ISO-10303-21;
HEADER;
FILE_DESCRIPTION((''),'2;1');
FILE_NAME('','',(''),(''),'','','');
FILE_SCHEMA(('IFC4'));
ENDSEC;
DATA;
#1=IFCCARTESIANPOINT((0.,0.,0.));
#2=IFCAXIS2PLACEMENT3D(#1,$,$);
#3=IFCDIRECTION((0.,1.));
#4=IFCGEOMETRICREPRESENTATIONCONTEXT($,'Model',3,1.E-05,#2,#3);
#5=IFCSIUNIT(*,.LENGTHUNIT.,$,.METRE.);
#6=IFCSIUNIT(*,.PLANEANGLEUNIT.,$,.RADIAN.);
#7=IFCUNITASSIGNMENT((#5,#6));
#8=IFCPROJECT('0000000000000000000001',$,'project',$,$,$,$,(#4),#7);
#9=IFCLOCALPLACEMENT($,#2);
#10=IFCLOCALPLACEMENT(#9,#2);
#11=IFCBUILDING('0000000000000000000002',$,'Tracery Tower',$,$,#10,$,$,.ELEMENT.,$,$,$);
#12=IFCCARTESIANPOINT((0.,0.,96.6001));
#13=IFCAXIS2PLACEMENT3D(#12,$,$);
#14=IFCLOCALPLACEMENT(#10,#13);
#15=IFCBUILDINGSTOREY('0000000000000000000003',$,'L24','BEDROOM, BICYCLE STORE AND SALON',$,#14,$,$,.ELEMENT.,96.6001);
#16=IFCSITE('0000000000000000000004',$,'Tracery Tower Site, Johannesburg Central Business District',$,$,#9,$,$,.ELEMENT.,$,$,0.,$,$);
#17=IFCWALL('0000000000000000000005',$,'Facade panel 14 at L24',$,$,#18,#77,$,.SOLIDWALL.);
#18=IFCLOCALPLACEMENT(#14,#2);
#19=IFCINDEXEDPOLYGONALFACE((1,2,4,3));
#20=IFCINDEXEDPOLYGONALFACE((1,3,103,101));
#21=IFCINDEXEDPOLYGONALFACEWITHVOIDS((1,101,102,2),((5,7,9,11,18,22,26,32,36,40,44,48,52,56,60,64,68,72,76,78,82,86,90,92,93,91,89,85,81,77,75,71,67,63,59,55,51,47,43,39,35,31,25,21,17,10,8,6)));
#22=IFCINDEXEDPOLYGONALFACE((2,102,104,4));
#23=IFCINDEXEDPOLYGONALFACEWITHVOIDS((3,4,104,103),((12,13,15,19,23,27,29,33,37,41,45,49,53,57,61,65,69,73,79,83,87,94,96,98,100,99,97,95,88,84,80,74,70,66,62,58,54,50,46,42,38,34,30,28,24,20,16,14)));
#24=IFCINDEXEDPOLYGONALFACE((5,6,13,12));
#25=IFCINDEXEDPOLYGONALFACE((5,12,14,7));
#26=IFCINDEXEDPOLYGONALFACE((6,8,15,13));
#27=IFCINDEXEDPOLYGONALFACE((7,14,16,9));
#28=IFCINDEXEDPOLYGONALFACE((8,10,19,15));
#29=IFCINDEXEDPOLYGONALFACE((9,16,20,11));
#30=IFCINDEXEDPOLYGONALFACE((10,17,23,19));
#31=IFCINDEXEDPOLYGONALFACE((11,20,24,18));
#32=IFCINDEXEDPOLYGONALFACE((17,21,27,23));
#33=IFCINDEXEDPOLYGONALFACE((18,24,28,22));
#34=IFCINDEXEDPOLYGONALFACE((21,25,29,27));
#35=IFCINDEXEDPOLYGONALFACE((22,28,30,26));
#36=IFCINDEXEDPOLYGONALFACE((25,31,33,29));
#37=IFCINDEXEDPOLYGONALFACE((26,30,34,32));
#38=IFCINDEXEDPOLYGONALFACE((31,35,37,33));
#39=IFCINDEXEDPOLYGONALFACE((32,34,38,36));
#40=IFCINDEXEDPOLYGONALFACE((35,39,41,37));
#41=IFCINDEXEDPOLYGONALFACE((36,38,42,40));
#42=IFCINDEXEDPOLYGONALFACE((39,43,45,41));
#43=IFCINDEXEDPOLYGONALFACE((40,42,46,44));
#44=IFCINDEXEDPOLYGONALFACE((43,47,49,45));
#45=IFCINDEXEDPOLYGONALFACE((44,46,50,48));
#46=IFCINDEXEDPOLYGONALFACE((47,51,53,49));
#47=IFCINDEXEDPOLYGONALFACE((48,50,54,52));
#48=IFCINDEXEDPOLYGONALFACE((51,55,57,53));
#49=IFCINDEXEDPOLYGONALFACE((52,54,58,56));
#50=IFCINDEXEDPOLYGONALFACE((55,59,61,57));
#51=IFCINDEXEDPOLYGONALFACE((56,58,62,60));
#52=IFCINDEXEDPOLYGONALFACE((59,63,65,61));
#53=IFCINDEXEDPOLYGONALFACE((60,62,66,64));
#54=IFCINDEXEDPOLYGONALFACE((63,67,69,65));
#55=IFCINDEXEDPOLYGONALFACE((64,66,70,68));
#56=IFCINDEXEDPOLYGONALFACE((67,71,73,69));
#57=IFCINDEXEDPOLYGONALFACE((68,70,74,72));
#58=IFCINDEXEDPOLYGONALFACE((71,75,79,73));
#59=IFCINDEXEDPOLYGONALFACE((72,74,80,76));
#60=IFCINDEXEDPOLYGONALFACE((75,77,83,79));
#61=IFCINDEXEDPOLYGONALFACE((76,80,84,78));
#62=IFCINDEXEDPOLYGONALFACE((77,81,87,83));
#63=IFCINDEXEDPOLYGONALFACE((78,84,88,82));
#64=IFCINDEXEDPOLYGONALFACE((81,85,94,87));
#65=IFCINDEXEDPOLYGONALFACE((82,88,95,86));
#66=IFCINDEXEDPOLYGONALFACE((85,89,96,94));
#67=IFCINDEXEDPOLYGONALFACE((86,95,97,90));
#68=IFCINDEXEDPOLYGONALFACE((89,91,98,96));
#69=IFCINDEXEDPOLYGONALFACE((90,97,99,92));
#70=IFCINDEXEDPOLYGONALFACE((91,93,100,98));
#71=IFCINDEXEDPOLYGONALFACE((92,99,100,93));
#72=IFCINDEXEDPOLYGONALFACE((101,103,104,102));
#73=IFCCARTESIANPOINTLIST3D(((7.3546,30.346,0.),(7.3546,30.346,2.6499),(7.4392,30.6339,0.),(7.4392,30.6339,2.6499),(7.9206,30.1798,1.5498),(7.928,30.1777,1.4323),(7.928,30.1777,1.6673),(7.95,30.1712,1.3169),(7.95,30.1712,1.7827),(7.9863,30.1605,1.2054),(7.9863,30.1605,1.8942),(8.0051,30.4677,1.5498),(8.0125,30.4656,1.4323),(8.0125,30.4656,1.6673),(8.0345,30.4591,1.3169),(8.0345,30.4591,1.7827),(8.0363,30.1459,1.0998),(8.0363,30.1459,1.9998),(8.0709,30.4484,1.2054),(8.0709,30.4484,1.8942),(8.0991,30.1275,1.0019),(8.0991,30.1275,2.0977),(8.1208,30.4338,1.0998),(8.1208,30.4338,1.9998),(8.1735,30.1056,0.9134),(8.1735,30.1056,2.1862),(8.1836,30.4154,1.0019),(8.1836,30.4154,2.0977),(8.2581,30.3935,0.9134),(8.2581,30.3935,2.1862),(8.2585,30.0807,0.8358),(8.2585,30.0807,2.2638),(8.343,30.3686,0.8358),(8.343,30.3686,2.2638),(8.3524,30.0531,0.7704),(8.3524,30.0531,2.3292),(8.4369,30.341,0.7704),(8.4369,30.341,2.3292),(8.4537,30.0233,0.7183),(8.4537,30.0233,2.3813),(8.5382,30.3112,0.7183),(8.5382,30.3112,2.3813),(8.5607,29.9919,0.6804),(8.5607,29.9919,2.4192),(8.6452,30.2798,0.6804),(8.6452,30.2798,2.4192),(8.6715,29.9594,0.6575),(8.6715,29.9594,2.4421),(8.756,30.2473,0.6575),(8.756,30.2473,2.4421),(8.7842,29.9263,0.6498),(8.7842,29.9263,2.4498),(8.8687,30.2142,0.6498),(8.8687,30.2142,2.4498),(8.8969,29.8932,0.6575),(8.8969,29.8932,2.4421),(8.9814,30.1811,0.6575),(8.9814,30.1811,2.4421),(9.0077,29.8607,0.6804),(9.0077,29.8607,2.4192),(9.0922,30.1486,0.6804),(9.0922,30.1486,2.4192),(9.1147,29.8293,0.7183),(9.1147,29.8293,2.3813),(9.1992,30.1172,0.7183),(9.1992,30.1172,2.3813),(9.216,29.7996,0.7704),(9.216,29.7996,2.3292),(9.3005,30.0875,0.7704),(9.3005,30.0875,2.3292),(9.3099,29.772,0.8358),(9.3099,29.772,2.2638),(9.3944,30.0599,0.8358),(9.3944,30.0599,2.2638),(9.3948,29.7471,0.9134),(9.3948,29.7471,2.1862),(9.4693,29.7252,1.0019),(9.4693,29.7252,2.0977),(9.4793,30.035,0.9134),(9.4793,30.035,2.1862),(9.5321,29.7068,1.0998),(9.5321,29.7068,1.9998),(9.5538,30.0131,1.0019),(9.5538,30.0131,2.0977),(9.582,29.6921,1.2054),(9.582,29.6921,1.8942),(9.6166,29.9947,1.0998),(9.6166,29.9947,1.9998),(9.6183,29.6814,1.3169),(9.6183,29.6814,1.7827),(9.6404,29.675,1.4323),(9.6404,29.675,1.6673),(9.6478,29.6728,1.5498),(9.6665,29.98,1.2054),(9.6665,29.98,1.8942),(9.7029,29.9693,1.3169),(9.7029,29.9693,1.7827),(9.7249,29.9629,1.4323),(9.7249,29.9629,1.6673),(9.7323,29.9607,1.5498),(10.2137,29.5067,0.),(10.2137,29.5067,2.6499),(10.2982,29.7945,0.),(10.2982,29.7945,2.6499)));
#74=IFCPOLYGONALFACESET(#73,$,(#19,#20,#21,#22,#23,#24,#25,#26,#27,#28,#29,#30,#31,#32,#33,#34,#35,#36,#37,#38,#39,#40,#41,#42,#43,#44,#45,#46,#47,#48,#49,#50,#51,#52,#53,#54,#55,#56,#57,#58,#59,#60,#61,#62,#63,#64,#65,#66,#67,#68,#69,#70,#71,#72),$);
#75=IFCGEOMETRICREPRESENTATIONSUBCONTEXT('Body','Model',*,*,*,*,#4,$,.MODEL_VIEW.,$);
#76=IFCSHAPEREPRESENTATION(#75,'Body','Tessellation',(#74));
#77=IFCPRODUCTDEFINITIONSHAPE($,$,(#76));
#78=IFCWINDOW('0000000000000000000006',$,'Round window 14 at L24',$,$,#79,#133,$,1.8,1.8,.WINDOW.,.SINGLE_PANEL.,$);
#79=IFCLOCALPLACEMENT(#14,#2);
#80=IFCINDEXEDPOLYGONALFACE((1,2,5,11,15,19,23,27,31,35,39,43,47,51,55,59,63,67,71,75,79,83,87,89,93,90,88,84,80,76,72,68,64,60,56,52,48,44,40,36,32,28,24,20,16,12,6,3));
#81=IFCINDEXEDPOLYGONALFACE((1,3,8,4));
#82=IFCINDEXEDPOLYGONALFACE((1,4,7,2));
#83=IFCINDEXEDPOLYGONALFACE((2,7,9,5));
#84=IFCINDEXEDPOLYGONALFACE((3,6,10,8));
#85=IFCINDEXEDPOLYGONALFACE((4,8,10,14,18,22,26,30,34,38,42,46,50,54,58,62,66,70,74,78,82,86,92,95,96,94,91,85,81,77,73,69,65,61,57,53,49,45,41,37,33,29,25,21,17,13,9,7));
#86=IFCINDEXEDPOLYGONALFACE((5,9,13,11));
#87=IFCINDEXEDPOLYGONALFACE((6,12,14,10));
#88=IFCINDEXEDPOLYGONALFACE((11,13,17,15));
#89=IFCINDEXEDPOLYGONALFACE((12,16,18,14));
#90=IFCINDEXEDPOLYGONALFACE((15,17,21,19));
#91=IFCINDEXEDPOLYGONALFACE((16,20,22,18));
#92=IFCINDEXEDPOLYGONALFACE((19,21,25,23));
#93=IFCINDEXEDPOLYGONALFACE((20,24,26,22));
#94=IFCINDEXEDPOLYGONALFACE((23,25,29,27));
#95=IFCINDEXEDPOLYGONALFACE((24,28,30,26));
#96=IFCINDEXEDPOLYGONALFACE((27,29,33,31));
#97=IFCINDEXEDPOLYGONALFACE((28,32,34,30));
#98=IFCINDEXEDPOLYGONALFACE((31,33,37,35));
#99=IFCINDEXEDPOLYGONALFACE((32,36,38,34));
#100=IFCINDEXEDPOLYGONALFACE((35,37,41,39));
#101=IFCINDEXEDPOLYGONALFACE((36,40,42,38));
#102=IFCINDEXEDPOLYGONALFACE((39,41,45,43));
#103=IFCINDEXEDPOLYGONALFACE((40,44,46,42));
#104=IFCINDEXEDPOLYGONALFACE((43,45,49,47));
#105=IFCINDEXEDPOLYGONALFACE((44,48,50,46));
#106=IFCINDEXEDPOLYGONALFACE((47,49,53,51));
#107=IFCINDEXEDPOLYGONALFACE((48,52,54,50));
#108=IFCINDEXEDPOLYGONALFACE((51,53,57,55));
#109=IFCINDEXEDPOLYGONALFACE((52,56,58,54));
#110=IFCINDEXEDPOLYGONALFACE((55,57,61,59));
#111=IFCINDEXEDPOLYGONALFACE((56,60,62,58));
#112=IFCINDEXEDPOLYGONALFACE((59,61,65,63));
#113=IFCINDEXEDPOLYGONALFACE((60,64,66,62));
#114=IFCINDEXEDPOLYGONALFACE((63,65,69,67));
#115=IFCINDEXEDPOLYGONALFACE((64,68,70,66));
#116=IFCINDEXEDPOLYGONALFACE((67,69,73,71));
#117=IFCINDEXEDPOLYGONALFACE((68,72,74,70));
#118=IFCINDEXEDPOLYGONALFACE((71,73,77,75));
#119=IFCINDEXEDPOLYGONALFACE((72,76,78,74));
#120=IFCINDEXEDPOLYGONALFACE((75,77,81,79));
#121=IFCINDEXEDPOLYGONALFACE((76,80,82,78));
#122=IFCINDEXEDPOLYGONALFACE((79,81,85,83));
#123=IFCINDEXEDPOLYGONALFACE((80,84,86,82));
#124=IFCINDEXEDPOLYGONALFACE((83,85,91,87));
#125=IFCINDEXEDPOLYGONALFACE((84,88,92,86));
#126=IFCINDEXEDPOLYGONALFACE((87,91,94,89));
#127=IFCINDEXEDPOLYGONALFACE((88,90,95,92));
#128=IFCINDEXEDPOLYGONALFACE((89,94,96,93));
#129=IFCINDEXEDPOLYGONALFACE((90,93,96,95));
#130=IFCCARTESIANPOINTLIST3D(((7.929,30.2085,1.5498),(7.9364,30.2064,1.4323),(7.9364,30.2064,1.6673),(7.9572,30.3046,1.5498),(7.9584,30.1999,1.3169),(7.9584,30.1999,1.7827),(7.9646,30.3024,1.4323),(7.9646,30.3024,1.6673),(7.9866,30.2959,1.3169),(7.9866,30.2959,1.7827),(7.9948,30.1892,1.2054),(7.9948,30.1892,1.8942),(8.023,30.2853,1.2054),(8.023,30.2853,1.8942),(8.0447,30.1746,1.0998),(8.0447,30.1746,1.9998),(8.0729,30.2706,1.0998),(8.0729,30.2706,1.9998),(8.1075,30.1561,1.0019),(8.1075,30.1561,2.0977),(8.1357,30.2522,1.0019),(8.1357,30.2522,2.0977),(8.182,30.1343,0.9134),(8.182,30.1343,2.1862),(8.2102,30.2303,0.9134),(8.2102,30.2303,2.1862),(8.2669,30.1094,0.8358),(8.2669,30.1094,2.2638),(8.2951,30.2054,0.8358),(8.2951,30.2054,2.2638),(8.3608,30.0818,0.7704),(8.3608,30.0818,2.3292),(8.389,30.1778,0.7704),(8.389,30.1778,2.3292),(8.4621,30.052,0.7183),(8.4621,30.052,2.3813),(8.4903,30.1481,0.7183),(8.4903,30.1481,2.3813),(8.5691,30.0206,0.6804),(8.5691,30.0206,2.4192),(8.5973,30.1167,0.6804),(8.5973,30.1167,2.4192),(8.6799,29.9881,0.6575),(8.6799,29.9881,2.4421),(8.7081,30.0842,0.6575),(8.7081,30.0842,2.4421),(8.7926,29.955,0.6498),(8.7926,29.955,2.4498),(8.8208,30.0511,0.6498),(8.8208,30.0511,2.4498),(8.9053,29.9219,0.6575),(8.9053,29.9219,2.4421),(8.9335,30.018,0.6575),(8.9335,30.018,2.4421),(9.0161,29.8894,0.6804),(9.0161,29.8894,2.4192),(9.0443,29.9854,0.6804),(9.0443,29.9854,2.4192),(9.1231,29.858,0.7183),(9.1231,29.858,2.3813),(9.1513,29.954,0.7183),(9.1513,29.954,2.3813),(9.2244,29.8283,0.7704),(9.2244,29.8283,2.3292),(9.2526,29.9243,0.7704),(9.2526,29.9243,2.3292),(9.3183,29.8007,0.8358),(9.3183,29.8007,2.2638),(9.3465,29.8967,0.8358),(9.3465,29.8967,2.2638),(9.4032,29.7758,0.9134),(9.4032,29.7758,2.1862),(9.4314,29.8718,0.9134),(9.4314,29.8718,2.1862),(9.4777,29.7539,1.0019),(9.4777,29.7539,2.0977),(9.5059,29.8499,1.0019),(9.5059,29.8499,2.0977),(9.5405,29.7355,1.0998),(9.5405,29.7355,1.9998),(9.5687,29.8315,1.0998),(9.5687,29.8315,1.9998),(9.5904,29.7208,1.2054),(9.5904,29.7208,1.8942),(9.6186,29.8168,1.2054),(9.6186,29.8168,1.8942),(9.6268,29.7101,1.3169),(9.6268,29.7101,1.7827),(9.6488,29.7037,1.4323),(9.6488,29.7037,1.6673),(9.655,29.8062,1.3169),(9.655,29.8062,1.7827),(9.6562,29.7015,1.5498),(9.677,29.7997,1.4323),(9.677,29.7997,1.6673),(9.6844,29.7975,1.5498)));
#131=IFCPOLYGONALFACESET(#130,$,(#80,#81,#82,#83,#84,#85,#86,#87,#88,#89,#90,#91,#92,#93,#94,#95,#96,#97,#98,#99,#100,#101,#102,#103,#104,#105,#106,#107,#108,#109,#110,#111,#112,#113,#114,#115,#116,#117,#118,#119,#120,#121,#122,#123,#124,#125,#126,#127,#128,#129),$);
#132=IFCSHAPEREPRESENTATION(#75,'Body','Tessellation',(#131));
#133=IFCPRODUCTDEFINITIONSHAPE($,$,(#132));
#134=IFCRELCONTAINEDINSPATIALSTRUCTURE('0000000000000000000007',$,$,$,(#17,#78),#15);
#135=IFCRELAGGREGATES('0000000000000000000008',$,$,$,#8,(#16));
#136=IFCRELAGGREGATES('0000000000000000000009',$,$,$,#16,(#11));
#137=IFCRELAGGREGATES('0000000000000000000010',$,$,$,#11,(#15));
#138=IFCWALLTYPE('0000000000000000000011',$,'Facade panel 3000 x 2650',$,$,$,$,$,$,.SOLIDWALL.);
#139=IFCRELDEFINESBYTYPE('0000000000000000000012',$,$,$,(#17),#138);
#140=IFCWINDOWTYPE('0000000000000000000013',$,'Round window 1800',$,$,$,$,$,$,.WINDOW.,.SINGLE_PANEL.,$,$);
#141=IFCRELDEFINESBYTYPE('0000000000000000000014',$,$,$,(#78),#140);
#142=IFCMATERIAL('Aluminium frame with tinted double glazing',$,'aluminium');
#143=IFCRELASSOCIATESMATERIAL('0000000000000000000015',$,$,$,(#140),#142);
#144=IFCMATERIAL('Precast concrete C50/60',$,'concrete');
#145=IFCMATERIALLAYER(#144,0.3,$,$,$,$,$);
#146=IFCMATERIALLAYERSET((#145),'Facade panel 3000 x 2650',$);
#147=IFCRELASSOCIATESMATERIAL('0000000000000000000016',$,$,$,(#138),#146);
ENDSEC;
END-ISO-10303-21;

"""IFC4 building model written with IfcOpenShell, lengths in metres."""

from ifc_helpers import new_model, si_unit, direction, frame, frame_2d, origin, origin_2d, place, context, subcontext, project, spatial, rectangle, circle, extrude, material, layer, layer_set, type_object, element, fill, save


model = new_model("IFC4")

# Units and contexts
model_context = context("Model", 3, precision=1e-05, world=origin(), true_north=direction((0.0, 1.0)))
body_context = subcontext(model_context, "Body", "Model", "MODEL_VIEW")
ifc_project = project(units=[si_unit("LENGTHUNIT", "METRE"), si_unit("PLANEANGLEUNIT", "RADIAN")], contexts=[model_context])

# Site, building, storey
site_placement = place(None, origin())
site = spatial("IfcSite", under=ifc_project, at=site_placement, Name="Tracery Tower Site, Johannesburg Central Business District", CompositionType="ELEMENT", RefElevation=0.0)
building_placement = place(site_placement, origin())
building = spatial("IfcBuilding", under=site, at=building_placement, Name="Tracery Tower", CompositionType="ELEMENT")
storey_placement = place(building_placement, frame((0.0, 0.0, 96.6001)))
storey = spatial("IfcBuildingStorey", under=building, at=storey_placement, Name="L24", Description="BEDROOM, BICYCLE STORE AND SALON", CompositionType="ELEMENT", Elevation=96.6001)

# Wall, opening, window
ifc_material_1 = material(Name="Aluminium frame with tinted double glazing", Category="aluminium")
window_type = type_object("IfcWindowType", Name="Round window 1800", PartitioningType="SINGLE_PANEL", PredefinedType="WINDOW", material=ifc_material_1)
ifc_material_2 = material(Name="Precast concrete C50/60", Category="concrete")
ifc_layer_1 = layer(ifc_material_2, 0.3)
ifc_layer_set_1 = layer_set([ifc_layer_1], Name="Facade panel 3000 x 2650")
wall_type_1 = type_object("IfcWallType", Name="Facade panel 3000 x 2650", PredefinedType="SOLIDWALL", material=ifc_layer_set_1)
wall_1_placement = place(storey_placement, frame((10.2559, 29.6506, 0.0), z_axis=(0.0, 0.0, 1.0), x_axis=(-0.959508, 0.281683, 0.0)))
wall_1 = element("IfcWall", 1, at=wall_1_placement, inside=storey, type_object=wall_type_1, Name="Facade panel 14 at L24", PredefinedType="SOLIDWALL", context=body_context, shape_type="SweptSolid", body=[
    extrude(rectangle(XDim=2.9797, YDim=0.3, at=frame_2d((1.4897, 0.0))), origin(), (0.0, 0.0, 1.0), 2.6499),
])
opening_1_placement = place(wall_1_placement, frame((1.4897, 0.0, 1.5498)))
opening_1 = element("IfcOpeningElement", 2, at=opening_1_placement, cuts=wall_1, PredefinedType="OPENING", context=body_context, shape_type="SweptSolid", body=[
    extrude(circle(Radius=0.9, at=origin_2d()), frame((0.0, 0.1599, 0.0), z_axis=(0.0, -1.0, 0.0), x_axis=(1.0, 0.0, 0.0)), (0.0, 0.0, 1.0), 0.3201),
])
window_1_placement = place(opening_1_placement, origin())
window_1 = element("IfcWindow", 3, at=window_1_placement, inside=storey, type_object=window_type, Name="Round window 14 at L24", OverallHeight=1.8, OverallWidth=1.8, PartitioningType="SINGLE_PANEL", PredefinedType="WINDOW", context=body_context, shape_type="SweptSolid", body=[
    extrude(circle(Radius=0.9, at=origin_2d()), frame((0.0, 0.1201, 0.0), z_axis=(0.0, -1.0, 0.0), x_axis=(1.0, 0.0, 0.0)), (0.0, 0.0, 1.0), 0.1001),
])
fill(opening_1, window_1)

save(model, "model.ifc")
